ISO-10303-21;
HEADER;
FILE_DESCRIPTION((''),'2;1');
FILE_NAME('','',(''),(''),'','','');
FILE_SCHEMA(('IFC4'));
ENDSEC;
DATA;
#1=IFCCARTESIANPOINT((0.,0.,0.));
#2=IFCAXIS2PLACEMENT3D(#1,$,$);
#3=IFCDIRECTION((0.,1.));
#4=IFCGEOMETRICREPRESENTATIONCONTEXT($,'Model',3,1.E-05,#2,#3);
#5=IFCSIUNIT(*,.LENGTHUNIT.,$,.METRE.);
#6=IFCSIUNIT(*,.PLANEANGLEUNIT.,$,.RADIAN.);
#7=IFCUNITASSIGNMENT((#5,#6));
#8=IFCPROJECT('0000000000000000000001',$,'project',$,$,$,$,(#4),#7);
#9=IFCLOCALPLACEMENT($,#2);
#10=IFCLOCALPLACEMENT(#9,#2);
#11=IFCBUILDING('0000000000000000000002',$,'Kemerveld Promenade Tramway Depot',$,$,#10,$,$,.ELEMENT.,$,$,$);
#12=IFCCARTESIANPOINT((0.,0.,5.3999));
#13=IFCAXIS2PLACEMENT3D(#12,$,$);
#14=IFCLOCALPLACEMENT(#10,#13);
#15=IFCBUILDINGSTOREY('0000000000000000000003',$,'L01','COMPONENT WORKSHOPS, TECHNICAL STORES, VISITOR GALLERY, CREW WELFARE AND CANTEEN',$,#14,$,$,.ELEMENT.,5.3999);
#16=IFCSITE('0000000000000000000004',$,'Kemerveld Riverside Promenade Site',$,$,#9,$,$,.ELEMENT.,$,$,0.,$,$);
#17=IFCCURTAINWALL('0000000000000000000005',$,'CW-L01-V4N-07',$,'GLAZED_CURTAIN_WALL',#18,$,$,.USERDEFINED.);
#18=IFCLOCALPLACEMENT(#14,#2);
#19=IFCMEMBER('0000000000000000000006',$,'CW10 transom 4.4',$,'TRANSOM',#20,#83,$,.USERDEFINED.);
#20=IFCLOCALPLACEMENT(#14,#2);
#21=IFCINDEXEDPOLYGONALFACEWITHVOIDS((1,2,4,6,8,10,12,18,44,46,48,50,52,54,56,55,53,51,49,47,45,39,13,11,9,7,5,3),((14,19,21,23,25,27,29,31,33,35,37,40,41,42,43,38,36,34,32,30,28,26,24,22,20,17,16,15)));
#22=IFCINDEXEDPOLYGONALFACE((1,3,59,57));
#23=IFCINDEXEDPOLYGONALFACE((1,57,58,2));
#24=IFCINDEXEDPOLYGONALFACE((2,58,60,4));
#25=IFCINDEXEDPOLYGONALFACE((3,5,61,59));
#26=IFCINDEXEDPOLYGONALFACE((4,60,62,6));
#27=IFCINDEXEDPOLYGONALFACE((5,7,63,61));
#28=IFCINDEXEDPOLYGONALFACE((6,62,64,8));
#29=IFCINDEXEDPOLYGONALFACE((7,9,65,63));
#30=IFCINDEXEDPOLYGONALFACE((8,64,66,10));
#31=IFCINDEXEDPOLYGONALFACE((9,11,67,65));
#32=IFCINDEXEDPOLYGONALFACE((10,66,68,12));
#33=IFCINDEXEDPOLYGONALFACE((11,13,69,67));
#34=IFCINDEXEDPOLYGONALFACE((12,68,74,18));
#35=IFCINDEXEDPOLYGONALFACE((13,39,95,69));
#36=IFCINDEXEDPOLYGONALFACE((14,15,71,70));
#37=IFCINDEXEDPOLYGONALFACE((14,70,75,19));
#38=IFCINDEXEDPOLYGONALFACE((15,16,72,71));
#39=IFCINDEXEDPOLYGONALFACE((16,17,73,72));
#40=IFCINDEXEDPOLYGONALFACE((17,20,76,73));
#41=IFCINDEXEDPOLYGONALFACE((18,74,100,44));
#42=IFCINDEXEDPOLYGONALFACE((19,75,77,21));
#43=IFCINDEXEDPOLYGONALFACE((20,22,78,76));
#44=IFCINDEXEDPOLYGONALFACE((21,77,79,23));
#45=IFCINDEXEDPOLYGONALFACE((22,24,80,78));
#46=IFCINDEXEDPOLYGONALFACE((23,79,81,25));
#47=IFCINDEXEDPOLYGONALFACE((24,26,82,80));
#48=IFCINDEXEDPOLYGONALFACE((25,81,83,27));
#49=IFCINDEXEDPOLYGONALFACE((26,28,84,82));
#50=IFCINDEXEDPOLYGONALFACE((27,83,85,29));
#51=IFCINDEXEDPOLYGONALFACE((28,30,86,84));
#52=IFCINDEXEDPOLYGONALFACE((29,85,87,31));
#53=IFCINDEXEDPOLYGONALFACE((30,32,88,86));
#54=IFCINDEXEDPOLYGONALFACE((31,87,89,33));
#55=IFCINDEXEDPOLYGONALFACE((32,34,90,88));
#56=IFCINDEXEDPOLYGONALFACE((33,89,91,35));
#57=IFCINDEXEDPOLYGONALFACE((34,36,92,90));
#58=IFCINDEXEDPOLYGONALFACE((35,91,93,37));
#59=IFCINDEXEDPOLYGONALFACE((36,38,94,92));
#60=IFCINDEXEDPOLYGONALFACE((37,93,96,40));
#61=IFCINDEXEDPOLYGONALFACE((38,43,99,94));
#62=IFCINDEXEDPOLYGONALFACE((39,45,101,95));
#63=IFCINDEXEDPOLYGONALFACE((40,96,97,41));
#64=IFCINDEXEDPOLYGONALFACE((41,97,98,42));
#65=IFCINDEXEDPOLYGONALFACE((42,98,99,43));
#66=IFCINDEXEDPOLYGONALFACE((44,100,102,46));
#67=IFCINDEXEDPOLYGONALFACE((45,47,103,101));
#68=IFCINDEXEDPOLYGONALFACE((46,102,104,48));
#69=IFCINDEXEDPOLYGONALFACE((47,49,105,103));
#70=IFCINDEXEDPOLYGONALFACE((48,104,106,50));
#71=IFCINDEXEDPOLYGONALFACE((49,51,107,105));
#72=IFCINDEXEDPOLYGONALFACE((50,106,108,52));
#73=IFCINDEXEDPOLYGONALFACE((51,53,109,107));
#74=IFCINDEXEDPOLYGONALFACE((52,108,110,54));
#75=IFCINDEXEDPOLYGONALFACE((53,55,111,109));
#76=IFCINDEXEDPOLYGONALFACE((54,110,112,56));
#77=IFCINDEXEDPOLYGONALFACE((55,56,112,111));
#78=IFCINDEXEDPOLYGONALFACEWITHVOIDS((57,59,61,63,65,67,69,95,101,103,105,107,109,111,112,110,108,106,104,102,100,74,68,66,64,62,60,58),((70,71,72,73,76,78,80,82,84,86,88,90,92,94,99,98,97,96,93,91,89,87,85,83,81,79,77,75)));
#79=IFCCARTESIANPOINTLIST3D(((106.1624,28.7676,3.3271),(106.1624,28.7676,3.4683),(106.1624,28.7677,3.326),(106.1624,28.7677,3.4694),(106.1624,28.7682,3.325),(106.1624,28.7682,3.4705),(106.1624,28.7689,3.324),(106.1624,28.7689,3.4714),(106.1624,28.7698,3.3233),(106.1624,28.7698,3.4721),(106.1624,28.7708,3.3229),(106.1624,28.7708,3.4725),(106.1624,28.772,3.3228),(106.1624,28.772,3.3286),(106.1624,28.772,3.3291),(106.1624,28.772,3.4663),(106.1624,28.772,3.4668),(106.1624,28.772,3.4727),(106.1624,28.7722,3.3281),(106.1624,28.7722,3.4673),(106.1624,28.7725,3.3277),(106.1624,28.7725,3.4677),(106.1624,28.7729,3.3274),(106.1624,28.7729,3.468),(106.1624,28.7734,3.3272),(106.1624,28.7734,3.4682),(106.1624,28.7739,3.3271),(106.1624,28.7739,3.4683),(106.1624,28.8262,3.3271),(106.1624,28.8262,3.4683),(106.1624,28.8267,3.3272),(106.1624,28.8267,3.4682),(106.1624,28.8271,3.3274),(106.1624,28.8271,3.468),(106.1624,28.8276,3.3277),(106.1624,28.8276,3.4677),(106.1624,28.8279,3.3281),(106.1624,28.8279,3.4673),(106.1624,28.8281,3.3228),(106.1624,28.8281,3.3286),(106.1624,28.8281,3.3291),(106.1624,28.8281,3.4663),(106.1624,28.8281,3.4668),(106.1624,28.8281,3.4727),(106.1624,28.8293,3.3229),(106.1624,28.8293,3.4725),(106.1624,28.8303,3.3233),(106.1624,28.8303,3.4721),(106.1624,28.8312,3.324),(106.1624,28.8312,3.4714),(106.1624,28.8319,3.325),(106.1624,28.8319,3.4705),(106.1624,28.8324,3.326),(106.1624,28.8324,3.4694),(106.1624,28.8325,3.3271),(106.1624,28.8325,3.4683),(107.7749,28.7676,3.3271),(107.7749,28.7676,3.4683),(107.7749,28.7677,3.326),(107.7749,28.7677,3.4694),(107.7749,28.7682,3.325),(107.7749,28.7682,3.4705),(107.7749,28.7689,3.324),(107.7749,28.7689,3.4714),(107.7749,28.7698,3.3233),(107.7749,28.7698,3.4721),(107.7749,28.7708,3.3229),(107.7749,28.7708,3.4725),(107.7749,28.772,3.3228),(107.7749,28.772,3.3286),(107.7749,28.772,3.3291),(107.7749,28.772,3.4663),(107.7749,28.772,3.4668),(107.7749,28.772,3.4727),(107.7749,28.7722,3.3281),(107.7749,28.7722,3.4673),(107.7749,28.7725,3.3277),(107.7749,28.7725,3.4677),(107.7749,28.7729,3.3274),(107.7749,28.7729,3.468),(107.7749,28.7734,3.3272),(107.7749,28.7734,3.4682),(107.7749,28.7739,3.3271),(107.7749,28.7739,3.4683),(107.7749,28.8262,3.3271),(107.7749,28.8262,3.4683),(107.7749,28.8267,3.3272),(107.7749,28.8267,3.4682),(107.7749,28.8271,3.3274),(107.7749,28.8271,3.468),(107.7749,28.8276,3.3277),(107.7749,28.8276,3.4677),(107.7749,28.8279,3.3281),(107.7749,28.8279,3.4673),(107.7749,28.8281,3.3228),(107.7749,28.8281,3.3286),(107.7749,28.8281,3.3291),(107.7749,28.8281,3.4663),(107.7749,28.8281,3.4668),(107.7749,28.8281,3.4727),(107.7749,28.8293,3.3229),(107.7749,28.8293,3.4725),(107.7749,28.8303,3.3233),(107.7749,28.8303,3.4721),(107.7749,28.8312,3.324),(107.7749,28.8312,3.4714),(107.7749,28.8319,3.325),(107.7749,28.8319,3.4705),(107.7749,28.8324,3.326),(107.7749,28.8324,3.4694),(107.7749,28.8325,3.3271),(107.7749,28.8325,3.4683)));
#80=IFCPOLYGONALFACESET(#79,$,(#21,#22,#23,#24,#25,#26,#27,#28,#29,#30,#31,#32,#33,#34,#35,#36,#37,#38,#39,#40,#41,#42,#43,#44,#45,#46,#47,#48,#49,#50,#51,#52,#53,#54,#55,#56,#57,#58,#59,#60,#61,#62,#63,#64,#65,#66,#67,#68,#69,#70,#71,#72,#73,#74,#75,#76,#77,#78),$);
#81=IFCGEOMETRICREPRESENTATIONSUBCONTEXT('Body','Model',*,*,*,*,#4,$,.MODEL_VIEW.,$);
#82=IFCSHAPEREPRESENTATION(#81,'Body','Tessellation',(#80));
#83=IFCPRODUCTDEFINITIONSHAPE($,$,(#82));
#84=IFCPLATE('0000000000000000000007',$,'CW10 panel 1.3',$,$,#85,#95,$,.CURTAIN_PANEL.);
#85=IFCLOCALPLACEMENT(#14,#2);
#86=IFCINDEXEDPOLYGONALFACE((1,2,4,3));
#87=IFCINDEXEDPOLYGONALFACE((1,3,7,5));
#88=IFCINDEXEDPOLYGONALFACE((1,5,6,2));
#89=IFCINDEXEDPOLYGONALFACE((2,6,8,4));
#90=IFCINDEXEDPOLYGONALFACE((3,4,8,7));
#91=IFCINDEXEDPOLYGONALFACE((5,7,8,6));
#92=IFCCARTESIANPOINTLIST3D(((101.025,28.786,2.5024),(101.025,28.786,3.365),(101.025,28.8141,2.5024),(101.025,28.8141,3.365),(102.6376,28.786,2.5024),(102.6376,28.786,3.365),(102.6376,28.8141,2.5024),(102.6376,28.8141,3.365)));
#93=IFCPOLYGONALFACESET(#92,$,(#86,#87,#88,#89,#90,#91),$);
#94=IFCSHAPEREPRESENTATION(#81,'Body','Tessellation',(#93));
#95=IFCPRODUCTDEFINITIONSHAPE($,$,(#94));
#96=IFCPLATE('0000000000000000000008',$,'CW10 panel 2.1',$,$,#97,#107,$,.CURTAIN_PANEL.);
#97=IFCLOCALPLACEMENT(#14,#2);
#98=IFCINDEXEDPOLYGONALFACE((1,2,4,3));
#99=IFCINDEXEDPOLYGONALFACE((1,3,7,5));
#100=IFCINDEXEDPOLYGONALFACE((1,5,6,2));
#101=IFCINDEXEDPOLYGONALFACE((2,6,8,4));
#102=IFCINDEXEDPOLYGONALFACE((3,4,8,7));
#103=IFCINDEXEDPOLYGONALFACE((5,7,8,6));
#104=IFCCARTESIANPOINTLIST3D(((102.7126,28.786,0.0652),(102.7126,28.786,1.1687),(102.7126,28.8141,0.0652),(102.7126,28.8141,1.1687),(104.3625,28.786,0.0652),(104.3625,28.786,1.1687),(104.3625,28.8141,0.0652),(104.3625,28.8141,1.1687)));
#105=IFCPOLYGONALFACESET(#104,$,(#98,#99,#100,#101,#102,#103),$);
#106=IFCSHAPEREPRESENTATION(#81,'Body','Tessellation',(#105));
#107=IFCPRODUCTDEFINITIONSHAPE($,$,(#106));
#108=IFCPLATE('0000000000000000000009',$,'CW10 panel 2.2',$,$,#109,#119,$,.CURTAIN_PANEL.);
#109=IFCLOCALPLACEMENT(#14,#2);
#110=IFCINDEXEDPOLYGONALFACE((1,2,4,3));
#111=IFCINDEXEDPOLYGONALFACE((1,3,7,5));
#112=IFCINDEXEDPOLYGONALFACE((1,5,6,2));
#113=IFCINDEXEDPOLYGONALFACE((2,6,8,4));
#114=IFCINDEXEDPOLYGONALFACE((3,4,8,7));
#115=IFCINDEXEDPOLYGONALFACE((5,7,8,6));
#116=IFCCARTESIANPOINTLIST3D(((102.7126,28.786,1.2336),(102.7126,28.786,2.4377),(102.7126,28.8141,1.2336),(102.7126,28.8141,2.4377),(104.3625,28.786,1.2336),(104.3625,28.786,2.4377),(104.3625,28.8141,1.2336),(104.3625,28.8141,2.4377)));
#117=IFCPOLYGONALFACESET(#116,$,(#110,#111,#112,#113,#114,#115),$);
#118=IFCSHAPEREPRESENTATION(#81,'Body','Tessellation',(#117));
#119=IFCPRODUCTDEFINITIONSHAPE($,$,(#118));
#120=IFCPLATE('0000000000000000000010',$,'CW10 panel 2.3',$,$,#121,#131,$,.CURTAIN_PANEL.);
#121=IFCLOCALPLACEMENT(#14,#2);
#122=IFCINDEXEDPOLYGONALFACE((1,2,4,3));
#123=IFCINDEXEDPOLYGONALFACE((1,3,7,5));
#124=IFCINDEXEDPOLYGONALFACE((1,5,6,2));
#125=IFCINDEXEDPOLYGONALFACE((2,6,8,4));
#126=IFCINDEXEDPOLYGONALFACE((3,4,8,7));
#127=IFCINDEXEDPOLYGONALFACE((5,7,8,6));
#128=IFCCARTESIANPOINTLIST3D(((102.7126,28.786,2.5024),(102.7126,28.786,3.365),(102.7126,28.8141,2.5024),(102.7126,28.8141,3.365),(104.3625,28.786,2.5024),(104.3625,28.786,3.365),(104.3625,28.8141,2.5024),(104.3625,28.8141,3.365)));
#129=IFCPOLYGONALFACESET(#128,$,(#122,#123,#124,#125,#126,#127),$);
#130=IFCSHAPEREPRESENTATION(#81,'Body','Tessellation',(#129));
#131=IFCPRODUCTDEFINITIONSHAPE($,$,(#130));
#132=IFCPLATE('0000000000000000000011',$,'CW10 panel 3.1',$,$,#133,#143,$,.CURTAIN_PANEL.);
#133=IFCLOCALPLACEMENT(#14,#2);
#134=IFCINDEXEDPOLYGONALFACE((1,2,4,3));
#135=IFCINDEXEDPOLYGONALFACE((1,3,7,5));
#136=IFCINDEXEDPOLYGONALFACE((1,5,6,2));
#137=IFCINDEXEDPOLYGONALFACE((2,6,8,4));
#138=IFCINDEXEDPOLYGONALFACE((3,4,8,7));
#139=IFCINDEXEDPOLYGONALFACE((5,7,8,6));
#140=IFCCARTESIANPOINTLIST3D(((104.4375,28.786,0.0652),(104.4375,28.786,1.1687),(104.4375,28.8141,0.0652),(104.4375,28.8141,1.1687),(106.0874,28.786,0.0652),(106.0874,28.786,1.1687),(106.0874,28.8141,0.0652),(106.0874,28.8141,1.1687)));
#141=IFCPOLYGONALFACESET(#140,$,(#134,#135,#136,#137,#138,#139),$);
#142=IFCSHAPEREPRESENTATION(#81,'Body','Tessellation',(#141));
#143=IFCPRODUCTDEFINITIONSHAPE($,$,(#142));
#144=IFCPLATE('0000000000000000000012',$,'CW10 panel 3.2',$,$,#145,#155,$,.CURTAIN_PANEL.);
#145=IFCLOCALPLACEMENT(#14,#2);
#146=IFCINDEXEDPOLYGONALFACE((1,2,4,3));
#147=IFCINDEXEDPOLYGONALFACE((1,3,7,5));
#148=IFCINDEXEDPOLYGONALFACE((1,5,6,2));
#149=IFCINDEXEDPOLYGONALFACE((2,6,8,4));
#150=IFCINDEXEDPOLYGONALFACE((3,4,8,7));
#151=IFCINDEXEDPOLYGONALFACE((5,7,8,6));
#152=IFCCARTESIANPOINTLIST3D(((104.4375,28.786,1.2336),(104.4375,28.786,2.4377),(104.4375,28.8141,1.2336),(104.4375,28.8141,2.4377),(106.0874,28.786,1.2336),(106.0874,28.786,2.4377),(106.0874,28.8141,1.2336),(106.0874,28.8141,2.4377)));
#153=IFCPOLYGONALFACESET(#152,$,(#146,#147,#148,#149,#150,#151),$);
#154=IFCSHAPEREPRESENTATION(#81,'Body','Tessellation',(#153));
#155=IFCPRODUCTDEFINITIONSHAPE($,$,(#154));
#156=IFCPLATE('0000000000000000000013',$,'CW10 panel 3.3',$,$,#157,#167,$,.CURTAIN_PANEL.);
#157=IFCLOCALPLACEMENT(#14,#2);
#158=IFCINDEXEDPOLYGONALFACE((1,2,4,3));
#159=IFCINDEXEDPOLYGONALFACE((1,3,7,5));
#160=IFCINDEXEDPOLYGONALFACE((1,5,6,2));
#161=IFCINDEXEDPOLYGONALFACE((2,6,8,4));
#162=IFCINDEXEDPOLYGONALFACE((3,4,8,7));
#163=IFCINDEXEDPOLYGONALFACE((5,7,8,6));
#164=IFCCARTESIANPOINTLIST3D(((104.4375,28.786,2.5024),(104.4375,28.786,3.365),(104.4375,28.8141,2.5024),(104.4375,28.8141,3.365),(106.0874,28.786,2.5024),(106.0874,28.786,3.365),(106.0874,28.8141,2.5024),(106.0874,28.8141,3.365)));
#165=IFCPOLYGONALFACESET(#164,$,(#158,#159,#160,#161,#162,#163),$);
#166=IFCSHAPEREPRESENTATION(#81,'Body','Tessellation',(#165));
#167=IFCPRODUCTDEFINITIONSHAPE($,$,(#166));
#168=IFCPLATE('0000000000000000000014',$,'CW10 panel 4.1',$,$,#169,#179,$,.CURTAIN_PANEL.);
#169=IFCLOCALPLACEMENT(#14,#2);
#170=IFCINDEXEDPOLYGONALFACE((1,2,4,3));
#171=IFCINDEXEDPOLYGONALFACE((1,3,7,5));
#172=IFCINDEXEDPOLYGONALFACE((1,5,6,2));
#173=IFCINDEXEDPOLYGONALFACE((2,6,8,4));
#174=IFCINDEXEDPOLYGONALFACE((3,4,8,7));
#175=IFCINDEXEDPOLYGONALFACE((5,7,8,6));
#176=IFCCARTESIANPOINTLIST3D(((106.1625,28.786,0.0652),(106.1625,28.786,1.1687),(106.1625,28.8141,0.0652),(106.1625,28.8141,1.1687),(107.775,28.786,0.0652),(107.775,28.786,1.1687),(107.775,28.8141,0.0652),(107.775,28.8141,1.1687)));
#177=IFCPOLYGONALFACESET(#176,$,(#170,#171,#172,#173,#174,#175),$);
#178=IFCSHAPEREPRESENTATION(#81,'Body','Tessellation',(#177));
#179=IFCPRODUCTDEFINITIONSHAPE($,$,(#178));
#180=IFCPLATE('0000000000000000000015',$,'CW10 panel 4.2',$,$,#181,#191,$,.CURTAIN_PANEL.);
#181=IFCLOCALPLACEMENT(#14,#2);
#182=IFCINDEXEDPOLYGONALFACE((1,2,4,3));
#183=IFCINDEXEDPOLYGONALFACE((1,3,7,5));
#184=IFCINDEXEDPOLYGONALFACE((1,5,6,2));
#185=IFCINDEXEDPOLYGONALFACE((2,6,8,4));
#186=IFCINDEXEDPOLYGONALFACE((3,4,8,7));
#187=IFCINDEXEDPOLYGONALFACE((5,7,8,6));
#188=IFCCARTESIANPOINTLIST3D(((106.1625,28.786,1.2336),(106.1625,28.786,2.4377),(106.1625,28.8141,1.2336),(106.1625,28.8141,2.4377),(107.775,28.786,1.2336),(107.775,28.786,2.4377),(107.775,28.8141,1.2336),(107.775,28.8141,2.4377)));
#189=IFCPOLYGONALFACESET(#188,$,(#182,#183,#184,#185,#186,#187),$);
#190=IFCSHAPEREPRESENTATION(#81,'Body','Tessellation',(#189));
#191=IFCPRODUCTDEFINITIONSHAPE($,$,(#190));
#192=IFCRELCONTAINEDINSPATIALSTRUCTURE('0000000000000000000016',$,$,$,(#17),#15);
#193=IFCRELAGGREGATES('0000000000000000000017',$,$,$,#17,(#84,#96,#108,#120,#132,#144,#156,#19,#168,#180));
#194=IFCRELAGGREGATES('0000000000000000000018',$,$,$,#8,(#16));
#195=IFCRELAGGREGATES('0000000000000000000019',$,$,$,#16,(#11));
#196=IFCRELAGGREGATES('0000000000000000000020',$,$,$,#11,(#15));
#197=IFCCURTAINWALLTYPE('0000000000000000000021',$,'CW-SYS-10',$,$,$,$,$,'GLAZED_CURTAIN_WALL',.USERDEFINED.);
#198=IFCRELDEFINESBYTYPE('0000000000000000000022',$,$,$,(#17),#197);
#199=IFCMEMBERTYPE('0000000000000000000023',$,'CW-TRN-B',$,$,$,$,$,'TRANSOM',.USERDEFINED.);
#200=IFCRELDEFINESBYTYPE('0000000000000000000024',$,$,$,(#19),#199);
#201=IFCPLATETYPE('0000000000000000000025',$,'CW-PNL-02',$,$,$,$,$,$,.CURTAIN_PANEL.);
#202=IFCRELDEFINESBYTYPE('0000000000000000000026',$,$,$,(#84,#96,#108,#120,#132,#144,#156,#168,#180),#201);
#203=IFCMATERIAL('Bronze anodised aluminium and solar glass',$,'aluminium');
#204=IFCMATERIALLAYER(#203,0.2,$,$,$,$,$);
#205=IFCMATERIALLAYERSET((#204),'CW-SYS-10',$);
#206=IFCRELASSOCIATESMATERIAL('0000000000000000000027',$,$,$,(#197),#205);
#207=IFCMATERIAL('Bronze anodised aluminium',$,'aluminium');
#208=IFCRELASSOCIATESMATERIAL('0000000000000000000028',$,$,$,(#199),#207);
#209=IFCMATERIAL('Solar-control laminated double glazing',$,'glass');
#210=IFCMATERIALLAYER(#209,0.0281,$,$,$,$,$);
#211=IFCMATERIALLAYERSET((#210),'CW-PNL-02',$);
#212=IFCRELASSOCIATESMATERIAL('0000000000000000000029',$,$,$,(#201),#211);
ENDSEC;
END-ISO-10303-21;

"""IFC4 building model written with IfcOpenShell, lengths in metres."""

from ifc_helpers import new_model, si_unit, direction, frame, origin, origin_2d, place, context, subcontext, project, spatial, rectangle, hollow_rectangle, extrude, material, layer, layer_set, material_profile, profile_set, type_object, element, aggregate, save


model = new_model("IFC4")

# Units and contexts
model_context = context("Model", 3, precision=1e-05, world=origin(), true_north=direction((0.0, 1.0)))
body_context = subcontext(model_context, "Body", "Model", "MODEL_VIEW")
ifc_project = project(units=[si_unit("LENGTHUNIT", "METRE"), si_unit("PLANEANGLEUNIT", "RADIAN")], contexts=[model_context])

# Site, building, storey
site_placement = place(None, origin())
site = spatial("IfcSite", under=ifc_project, at=site_placement, Name="Kemerveld Riverside Promenade Site", CompositionType="ELEMENT", RefElevation=0.0)
building_placement = place(site_placement, origin())
building = spatial("IfcBuilding", under=site, at=building_placement, Name="Kemerveld Promenade Tramway Depot", CompositionType="ELEMENT")
storey_placement = place(building_placement, frame((0.0, 0.0, 5.3999)))
storey = spatial("IfcBuildingStorey", under=building, at=storey_placement, Name="L01", Description="COMPONENT WORKSHOPS, TECHNICAL STORES, VISITOR GALLERY, CREW WELFARE AND CANTEEN", CompositionType="ELEMENT", Elevation=5.3999)

# Curtain wall, member, plates
ifc_material_1 = material(Name="Bronze anodised aluminium and solar glass", Category="aluminium")
ifc_layer_1 = layer(ifc_material_1, 0.2)
ifc_layer_set_1 = layer_set([ifc_layer_1], Name="CW-SYS-10")
curtain_wall_type = type_object("IfcCurtainWallType", Name="CW-SYS-10", ElementType="GLAZED_CURTAIN_WALL", PredefinedType="USERDEFINED", material=ifc_layer_set_1)
curtain_wall_placement = place(storey_placement, origin())
curtain_wall = element("IfcCurtainWall", 1, at=curtain_wall_placement, inside=storey, type_object=curtain_wall_type, Name="CW-L01-V4N-07", ObjectType="GLAZED_CURTAIN_WALL", PredefinedType="USERDEFINED")
ifc_material_2 = material(Name="Bronze anodised aluminium", Category="aluminium")
ifc_material_profile_1 = material_profile(ifc_material_2, hollow_rectangle(XDim=0.0649, YDim=0.1499, WallThickness=0.0044, InnerFilletRadius=0.002, OuterFilletRadius=0.0044, at=origin_2d()), Name="CW-TRN-150x65")
ifc_profile_set_1 = profile_set([ifc_material_profile_1], Name="Bronze anodised aluminium")
member_type_1 = type_object("IfcMemberType", Name="CW-TRN-B", ElementType="TRANSOM", PredefinedType="USERDEFINED", material=ifc_profile_set_1)
member_1_placement = place(storey_placement, frame((106.1624, 28.8, 3.3977), z_axis=(1.0, 0.0, 0.0), x_axis=(0.0, 1.0, 0.0)))
member_1 = element("IfcMember", 2, at=member_1_placement, type_object=member_type_1, Name="CW10 transom 4.4", ObjectType="TRANSOM", PredefinedType="USERDEFINED", context=body_context, shape_type="SweptSolid", body=[
    extrude(hollow_rectangle(XDim=0.0649, YDim=0.1499, WallThickness=0.0044, InnerFilletRadius=0.002, OuterFilletRadius=0.0044, at=origin_2d()), origin(), (0.0, 0.0, 1.0), 1.6125),
])
ifc_material_3 = material(Name="Solar-control laminated double glazing", Category="glass")
ifc_layer_2 = layer(ifc_material_3, 0.0281)
ifc_layer_set_2 = layer_set([ifc_layer_2], Name="CW-PNL-02")
plate_type = type_object("IfcPlateType", Name="CW-PNL-02", PredefinedType="CURTAIN_PANEL", material=ifc_layer_set_2)
plate_1_placement = place(storey_placement, frame((101.8313, 28.8, 2.5024), z_axis=(0.0, 0.0, 1.0), x_axis=(1.0, 0.0, 0.0)))
plate_1 = element("IfcPlate", 3, at=plate_1_placement, type_object=plate_type, Name="CW10 panel 1.3", PredefinedType="CURTAIN_PANEL", context=body_context, shape_type="SweptSolid", body=[
    extrude(rectangle(XDim=1.6125, YDim=0.0281, at=origin_2d()), origin(), (0.0, 0.0, 1.0), 0.8625),
])
plate_2_placement = place(storey_placement, frame((103.5376, 28.8, 0.0652), z_axis=(0.0, 0.0, 1.0), x_axis=(1.0, 0.0, 0.0)))
plate_2 = element("IfcPlate", 4, at=plate_2_placement, type_object=plate_type, Name="CW10 panel 2.1", PredefinedType="CURTAIN_PANEL", context=body_context, shape_type="SweptSolid", body=[
    extrude(rectangle(XDim=1.6499, YDim=0.0281, at=origin_2d()), origin(), (0.0, 0.0, 1.0), 1.1035),
])
plate_3_placement = place(storey_placement, frame((103.5376, 28.8, 1.2336), z_axis=(0.0, 0.0, 1.0), x_axis=(1.0, 0.0, 0.0)))
plate_3 = element("IfcPlate", 5, at=plate_3_placement, type_object=plate_type, Name="CW10 panel 2.2", PredefinedType="CURTAIN_PANEL", context=body_context, shape_type="SweptSolid", body=[
    extrude(rectangle(XDim=1.6499, YDim=0.0281, at=origin_2d()), origin(), (0.0, 0.0, 1.0), 1.2041),
])
plate_4_placement = place(storey_placement, frame((103.5376, 28.8, 2.5024), z_axis=(0.0, 0.0, 1.0), x_axis=(1.0, 0.0, 0.0)))
plate_4 = element("IfcPlate", 6, at=plate_4_placement, type_object=plate_type, Name="CW10 panel 2.3", PredefinedType="CURTAIN_PANEL", context=body_context, shape_type="SweptSolid", body=[
    extrude(rectangle(XDim=1.6499, YDim=0.0281, at=origin_2d()), origin(), (0.0, 0.0, 1.0), 0.8625),
])
plate_5_placement = place(storey_placement, frame((105.2625, 28.8, 0.0652), z_axis=(0.0, 0.0, 1.0), x_axis=(1.0, 0.0, 0.0)))
plate_5 = element("IfcPlate", 7, at=plate_5_placement, type_object=plate_type, Name="CW10 panel 3.1", PredefinedType="CURTAIN_PANEL", context=body_context, shape_type="SweptSolid", body=[
    extrude(rectangle(XDim=1.6499, YDim=0.0281, at=origin_2d()), origin(), (0.0, 0.0, 1.0), 1.1035),
])
plate_6_placement = place(storey_placement, frame((105.2625, 28.8, 1.2336), z_axis=(0.0, 0.0, 1.0), x_axis=(1.0, 0.0, 0.0)))
plate_6 = element("IfcPlate", 8, at=plate_6_placement, type_object=plate_type, Name="CW10 panel 3.2", PredefinedType="CURTAIN_PANEL", context=body_context, shape_type="SweptSolid", body=[
    extrude(rectangle(XDim=1.6499, YDim=0.0281, at=origin_2d()), origin(), (0.0, 0.0, 1.0), 1.2041),
])
plate_7_placement = place(storey_placement, frame((105.2625, 28.8, 2.5024), z_axis=(0.0, 0.0, 1.0), x_axis=(1.0, 0.0, 0.0)))
plate_7 = element("IfcPlate", 9, at=plate_7_placement, type_object=plate_type, Name="CW10 panel 3.3", PredefinedType="CURTAIN_PANEL", context=body_context, shape_type="SweptSolid", body=[
    extrude(rectangle(XDim=1.6499, YDim=0.0281, at=origin_2d()), origin(), (0.0, 0.0, 1.0), 0.8625),
])
plate_8_placement = place(storey_placement, frame((106.9688, 28.8, 0.0652), z_axis=(0.0, 0.0, 1.0), x_axis=(1.0, 0.0, 0.0)))
plate_8 = element("IfcPlate", 10, at=plate_8_placement, type_object=plate_type, Name="CW10 panel 4.1", PredefinedType="CURTAIN_PANEL", context=body_context, shape_type="SweptSolid", body=[
    extrude(rectangle(XDim=1.6125, YDim=0.0281, at=origin_2d()), origin(), (0.0, 0.0, 1.0), 1.1035),
])
plate_9_placement = place(storey_placement, frame((106.9688, 28.8, 1.2336), z_axis=(0.0, 0.0, 1.0), x_axis=(1.0, 0.0, 0.0)))
plate_9 = element("IfcPlate", 11, at=plate_9_placement, type_object=plate_type, Name="CW10 panel 4.2", PredefinedType="CURTAIN_PANEL", context=body_context, shape_type="SweptSolid", body=[
    extrude(rectangle(XDim=1.6125, YDim=0.0281, at=origin_2d()), origin(), (0.0, 0.0, 1.0), 1.2041),
])
aggregate(curtain_wall, [plate_1, plate_2, plate_3, plate_4, plate_5, plate_6, plate_7, member_1, plate_8, plate_9])

save(model, "model.ifc")
